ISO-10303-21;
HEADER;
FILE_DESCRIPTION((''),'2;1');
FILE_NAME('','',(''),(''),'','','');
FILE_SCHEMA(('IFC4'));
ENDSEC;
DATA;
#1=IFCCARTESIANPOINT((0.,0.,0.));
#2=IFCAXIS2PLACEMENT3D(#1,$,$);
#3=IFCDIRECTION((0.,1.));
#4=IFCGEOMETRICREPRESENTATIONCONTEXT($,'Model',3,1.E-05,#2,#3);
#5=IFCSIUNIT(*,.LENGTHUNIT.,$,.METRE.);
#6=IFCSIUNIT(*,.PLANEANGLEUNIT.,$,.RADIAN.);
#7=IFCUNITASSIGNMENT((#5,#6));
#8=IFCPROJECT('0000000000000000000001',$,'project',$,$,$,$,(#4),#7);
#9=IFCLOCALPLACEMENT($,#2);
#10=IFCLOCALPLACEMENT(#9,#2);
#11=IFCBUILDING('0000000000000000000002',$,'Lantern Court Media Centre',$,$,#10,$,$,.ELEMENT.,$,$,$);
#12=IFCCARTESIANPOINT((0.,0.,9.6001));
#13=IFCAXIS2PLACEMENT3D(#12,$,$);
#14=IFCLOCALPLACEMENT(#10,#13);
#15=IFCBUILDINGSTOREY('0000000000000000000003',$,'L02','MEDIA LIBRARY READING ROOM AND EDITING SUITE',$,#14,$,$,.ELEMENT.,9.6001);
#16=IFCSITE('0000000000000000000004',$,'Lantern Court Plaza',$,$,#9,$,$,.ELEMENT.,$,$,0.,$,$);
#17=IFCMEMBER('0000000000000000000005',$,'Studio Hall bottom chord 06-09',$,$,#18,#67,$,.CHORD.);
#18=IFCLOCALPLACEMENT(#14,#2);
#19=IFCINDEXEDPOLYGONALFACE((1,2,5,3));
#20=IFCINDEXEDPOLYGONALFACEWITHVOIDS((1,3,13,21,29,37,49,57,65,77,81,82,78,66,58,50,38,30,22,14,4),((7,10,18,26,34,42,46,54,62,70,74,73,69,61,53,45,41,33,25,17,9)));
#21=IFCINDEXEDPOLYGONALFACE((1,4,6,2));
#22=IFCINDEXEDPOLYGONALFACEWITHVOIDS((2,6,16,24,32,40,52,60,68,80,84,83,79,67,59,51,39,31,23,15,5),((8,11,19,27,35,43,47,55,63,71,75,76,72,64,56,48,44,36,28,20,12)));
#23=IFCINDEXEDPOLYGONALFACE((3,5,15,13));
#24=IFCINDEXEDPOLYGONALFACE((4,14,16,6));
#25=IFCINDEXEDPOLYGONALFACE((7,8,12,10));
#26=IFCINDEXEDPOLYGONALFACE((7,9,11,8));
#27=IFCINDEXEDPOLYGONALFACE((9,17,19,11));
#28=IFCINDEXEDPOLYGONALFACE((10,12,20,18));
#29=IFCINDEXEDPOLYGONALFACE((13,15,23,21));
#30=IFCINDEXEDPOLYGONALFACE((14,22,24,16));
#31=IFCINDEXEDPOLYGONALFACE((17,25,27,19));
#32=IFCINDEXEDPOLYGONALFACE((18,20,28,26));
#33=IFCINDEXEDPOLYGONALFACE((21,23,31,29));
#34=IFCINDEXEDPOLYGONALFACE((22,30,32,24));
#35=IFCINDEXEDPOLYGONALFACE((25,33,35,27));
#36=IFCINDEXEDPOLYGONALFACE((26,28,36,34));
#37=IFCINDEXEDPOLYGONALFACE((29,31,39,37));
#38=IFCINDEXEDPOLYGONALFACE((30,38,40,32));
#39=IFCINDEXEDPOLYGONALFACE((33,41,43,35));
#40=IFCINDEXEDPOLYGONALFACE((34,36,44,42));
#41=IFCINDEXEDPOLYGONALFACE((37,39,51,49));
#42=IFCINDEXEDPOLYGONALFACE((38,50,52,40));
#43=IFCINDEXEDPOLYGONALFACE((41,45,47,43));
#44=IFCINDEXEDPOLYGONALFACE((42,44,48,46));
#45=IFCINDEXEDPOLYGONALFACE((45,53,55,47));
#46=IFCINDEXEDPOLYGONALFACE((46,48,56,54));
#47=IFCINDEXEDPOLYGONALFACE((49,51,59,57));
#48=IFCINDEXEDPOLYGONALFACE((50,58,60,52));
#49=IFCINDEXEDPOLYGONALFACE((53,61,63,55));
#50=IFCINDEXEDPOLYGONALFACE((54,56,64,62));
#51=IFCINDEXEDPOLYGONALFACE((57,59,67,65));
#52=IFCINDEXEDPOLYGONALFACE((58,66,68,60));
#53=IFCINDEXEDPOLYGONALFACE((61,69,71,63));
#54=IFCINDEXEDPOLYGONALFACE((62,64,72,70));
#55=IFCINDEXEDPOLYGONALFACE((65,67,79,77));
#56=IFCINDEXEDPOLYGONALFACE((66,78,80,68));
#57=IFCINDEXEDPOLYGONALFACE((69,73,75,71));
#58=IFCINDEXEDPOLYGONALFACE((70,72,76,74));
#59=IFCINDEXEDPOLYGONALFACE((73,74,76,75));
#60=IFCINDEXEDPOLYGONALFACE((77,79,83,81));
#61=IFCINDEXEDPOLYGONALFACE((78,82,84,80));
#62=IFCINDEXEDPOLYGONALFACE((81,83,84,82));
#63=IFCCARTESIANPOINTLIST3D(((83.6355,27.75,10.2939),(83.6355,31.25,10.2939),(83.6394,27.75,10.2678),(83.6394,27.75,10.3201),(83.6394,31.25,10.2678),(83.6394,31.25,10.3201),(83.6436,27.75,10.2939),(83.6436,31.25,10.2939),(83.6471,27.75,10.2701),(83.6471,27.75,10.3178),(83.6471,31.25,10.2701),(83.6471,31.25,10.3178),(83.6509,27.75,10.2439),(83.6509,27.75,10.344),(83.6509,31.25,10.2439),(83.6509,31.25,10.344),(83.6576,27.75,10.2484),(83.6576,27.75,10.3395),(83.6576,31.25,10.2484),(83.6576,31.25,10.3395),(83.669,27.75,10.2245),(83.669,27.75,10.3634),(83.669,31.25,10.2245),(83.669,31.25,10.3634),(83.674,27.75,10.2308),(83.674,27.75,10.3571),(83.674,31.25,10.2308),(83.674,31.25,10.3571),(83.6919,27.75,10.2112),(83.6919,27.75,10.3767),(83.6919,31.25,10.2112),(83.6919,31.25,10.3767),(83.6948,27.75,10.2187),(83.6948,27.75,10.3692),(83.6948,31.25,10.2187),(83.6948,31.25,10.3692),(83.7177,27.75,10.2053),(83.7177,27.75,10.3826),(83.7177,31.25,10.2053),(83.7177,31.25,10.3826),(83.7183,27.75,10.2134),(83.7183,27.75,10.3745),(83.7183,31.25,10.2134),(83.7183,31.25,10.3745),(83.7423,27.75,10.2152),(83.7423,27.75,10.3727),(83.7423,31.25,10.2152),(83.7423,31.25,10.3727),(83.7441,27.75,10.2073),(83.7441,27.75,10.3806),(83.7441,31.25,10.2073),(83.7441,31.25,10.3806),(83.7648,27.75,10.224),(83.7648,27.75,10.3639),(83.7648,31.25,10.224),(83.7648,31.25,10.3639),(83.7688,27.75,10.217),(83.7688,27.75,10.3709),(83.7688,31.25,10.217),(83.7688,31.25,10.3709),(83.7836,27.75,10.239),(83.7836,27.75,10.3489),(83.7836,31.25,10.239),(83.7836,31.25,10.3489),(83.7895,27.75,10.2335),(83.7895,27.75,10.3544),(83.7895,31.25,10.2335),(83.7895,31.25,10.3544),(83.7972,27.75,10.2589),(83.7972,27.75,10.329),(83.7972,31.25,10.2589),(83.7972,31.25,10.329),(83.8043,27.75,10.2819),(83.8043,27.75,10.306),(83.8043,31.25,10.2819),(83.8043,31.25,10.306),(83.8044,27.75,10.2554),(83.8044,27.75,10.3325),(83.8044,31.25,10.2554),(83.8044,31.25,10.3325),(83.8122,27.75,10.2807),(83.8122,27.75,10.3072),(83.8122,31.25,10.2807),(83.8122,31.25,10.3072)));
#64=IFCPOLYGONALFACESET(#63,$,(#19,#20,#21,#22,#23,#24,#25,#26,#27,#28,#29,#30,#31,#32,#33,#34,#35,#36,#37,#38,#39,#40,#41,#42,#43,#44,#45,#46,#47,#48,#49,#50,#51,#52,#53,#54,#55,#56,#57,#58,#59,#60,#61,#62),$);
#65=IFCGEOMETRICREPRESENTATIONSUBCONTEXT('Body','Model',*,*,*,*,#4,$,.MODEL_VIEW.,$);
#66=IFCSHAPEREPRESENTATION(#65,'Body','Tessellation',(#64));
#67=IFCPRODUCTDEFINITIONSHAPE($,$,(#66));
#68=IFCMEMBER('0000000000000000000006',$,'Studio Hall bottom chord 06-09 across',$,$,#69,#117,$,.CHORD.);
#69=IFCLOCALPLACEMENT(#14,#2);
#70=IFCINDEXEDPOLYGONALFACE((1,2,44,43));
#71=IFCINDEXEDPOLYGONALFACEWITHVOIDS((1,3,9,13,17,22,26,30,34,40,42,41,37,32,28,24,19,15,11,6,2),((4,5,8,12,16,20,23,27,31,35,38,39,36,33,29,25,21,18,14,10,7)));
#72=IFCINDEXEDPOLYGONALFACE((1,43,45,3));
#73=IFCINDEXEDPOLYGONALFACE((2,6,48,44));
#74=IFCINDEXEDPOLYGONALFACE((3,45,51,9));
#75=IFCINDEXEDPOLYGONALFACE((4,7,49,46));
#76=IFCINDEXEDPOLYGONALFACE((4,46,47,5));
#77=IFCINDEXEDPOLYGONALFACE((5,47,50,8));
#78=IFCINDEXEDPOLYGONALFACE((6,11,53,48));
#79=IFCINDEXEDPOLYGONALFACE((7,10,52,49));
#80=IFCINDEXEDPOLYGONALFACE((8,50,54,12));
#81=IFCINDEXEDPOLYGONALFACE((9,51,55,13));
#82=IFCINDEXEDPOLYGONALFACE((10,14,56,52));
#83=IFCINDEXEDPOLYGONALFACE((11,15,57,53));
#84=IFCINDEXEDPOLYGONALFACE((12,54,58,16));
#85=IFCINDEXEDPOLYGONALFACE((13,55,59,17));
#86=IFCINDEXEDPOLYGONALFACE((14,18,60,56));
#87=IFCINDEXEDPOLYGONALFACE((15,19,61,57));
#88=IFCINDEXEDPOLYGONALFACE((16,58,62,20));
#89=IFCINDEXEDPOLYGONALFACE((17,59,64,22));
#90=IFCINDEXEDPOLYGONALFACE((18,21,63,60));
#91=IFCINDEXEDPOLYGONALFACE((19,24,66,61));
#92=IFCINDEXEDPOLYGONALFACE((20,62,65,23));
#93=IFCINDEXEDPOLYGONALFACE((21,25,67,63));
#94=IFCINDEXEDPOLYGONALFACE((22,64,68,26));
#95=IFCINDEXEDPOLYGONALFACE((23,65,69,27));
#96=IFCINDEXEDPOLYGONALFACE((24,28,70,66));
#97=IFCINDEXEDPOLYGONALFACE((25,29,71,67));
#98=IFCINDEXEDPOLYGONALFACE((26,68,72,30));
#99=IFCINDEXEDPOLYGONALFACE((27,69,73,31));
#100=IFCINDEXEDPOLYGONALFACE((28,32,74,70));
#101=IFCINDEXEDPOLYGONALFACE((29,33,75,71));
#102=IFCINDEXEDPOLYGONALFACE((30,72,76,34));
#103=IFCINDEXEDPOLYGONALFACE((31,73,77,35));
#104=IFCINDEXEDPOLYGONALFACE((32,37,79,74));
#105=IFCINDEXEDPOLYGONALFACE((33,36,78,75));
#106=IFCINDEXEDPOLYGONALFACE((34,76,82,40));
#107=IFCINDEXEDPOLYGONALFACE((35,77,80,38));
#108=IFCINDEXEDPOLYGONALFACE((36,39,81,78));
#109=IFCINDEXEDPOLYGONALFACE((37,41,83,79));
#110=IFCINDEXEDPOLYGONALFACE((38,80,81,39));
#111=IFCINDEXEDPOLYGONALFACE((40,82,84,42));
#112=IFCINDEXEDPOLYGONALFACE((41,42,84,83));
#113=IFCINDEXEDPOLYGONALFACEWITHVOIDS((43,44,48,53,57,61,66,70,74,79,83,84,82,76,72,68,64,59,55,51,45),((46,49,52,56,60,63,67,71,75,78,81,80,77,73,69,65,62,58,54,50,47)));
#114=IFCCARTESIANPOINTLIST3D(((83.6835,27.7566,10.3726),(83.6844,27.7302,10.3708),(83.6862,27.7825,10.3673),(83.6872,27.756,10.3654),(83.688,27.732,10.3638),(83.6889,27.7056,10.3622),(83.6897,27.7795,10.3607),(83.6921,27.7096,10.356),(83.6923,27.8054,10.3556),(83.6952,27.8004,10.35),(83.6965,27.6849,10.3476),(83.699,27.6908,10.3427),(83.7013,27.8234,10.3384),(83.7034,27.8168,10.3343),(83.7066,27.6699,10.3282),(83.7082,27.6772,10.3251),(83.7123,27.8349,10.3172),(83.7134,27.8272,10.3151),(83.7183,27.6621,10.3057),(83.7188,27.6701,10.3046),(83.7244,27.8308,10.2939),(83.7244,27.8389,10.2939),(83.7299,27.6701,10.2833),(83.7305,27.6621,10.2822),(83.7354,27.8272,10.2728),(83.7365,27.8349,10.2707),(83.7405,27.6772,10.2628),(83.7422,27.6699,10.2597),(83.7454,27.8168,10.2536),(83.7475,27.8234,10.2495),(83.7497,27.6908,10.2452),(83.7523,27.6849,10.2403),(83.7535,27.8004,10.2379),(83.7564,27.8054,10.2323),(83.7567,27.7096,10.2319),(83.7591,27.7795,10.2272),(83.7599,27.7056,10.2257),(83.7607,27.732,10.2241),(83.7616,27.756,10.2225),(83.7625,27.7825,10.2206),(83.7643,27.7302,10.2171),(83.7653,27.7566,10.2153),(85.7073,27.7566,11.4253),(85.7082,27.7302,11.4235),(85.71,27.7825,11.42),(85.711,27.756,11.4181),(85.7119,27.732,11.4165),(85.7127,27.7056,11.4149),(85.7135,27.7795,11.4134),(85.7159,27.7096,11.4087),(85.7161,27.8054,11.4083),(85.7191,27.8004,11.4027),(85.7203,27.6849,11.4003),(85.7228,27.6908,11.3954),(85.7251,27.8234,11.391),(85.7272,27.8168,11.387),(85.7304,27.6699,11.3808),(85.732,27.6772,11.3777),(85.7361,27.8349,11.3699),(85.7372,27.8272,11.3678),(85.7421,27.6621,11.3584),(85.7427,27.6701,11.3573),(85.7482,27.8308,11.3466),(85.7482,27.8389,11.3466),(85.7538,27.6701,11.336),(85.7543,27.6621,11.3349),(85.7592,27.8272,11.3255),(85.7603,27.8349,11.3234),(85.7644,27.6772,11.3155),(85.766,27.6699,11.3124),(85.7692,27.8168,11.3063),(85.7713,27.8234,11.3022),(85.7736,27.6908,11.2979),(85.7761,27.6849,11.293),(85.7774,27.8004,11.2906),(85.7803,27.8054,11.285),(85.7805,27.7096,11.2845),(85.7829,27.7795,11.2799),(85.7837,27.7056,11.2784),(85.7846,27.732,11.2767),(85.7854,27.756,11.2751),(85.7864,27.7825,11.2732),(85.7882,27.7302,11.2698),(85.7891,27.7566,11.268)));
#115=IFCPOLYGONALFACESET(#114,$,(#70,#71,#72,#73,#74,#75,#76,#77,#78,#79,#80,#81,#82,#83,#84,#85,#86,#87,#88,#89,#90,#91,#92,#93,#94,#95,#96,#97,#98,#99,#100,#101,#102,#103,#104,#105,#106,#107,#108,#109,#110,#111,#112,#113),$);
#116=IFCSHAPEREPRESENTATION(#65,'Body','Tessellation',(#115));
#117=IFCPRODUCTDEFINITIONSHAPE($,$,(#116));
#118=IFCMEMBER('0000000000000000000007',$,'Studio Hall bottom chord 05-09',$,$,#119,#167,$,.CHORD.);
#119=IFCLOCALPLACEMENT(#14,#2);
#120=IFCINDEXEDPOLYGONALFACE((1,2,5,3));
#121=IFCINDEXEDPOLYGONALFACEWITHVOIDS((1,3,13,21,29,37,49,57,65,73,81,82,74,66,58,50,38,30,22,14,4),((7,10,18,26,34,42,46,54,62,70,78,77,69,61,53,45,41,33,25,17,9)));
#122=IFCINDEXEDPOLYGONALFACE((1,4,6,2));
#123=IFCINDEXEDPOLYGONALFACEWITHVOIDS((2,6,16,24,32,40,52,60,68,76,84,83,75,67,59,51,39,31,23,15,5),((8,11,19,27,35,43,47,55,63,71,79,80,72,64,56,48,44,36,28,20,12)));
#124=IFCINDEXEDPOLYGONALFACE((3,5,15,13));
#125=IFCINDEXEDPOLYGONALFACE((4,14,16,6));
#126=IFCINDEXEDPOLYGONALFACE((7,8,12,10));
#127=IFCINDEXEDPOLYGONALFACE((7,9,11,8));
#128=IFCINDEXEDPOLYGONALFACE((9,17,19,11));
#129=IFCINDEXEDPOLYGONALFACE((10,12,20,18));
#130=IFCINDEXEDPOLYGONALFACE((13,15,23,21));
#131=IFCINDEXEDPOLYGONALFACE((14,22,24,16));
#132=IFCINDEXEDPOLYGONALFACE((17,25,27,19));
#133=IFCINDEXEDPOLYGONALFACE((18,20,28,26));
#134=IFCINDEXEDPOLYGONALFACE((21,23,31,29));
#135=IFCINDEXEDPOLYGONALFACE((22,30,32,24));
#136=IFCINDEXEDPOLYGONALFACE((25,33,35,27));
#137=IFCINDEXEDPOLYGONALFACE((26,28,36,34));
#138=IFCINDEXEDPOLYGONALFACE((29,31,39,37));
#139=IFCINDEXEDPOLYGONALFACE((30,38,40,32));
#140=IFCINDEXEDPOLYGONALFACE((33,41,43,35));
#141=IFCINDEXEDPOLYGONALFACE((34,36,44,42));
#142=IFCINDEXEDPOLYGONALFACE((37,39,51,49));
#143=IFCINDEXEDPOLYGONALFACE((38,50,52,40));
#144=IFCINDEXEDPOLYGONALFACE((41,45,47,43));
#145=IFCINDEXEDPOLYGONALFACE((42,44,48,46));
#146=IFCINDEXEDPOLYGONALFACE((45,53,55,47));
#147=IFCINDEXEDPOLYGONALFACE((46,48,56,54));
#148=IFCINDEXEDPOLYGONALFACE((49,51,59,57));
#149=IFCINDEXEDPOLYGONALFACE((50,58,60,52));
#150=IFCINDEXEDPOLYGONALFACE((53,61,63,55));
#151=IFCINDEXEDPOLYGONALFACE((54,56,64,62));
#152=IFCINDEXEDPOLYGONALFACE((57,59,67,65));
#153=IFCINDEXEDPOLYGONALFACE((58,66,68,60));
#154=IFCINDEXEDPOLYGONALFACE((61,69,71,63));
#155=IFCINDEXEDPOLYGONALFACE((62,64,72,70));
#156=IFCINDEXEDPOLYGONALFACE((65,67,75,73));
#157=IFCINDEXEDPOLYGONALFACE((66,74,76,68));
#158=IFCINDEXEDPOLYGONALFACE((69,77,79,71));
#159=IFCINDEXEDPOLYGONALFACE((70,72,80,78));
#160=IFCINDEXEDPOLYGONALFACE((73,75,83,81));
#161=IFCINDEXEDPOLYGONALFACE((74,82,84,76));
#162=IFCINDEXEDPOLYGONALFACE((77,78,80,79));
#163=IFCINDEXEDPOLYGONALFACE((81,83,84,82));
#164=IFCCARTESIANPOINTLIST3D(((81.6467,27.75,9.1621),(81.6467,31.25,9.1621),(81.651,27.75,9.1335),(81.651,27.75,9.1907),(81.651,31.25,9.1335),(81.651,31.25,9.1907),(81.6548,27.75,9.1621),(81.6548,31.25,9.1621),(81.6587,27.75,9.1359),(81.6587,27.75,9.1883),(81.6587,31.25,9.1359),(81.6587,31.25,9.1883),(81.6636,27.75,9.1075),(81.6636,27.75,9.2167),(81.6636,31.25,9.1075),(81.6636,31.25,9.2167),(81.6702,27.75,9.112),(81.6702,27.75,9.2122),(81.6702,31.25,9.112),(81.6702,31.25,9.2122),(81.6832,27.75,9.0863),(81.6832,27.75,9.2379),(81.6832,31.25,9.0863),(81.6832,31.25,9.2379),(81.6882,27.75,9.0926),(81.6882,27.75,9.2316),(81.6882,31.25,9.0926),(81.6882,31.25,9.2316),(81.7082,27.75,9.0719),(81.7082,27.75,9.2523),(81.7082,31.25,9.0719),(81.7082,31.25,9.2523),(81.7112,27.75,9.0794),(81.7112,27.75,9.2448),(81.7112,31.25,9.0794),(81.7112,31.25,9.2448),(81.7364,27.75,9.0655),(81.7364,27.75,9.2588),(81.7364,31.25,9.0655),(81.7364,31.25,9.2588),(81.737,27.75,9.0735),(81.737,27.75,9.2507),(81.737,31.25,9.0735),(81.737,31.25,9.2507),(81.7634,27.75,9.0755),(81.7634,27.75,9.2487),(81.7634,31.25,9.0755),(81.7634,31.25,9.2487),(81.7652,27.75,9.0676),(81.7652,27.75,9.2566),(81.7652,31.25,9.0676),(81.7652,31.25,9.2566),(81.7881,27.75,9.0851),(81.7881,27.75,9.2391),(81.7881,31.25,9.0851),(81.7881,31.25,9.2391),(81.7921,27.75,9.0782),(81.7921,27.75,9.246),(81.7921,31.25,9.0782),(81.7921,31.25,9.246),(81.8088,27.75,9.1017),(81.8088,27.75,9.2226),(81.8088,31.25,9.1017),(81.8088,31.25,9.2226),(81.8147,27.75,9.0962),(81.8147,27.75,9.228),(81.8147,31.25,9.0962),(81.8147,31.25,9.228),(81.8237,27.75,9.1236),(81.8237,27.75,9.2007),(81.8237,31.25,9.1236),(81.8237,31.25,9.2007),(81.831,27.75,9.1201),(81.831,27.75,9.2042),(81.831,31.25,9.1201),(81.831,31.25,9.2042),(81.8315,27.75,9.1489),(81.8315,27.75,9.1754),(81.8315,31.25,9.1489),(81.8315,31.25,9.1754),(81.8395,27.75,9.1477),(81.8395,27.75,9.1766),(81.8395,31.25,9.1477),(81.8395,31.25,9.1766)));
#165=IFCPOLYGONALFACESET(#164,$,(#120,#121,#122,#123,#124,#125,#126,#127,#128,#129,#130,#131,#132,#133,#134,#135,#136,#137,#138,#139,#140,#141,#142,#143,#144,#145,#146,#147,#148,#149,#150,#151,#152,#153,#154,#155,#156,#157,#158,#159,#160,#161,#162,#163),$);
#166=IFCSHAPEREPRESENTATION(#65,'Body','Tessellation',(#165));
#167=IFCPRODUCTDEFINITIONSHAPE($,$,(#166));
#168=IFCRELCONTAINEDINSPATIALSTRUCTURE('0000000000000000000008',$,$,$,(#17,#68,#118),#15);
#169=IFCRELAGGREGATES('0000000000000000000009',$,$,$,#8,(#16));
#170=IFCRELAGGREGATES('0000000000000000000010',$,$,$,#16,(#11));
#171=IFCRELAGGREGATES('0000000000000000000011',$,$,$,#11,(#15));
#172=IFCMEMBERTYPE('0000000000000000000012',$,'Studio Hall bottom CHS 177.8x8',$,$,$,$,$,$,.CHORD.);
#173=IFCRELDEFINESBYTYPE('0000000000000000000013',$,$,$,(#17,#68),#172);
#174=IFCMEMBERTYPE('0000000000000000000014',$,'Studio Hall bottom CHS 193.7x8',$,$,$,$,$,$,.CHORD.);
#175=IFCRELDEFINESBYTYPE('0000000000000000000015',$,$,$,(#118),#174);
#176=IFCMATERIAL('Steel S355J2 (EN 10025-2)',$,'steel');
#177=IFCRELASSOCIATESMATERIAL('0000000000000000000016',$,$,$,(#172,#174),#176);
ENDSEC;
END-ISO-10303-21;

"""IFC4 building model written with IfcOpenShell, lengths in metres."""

from ifc_helpers import new_model, si_unit, direction, frame, origin, origin_2d, place, context, subcontext, project, spatial, hollow_circle, extrude, material, material_profile, profile_set, type_object, element, save


model = new_model("IFC4")

# Units and contexts
model_context = context("Model", 3, precision=1e-05, world=origin(), true_north=direction((0.0, 1.0)))
body_context = subcontext(model_context, "Body", "Model", "MODEL_VIEW")
ifc_project = project(units=[si_unit("LENGTHUNIT", "METRE"), si_unit("PLANEANGLEUNIT", "RADIAN")], contexts=[model_context])

# Site, building, storey
site_placement = place(None, origin())
site = spatial("IfcSite", under=ifc_project, at=site_placement, Name="Lantern Court Plaza", CompositionType="ELEMENT", RefElevation=0.0)
building_placement = place(site_placement, origin())
building = spatial("IfcBuilding", under=site, at=building_placement, Name="Lantern Court Media Centre", CompositionType="ELEMENT")
storey_placement = place(building_placement, frame((0.0, 0.0, 9.6001)))
storey = spatial("IfcBuildingStorey", under=building, at=storey_placement, Name="L02", Description="MEDIA LIBRARY READING ROOM AND EDITING SUITE", CompositionType="ELEMENT", Elevation=9.6001)

# Members
ifc_material = material(Name="Steel S355J2 (EN 10025-2)", Category="steel")
ifc_material_profile_1 = material_profile(ifc_material, hollow_circle(Radius=0.0889, WallThickness=0.0081, at=origin_2d()), Name="Studio Hall bottom CHS 177.8x8")
ifc_profile_set_1 = profile_set([ifc_material_profile_1], Name="Steel S355J2 (EN 10025-2)")
member_type_1 = type_object("IfcMemberType", Name="Studio Hall bottom CHS 177.8x8", PredefinedType="CHORD", material=ifc_profile_set_1)
member_1_placement = place(storey_placement, frame((83.7244, 27.75, 10.2939), z_axis=(0.0, 1.0, 0.0), x_axis=(-1.0, 0.0, 0.0)))
element("IfcMember", 1, at=member_1_placement, inside=storey, type_object=member_type_1, Name="Studio Hall bottom chord 06-09", PredefinedType="CHORD", context=body_context, shape_type="SweptSolid", body=[
    extrude(hollow_circle(Radius=0.0889, WallThickness=0.0081, at=origin_2d()), origin(), (0.0, 0.0, 1.0), 3.5),
])
member_2_placement = place(storey_placement, frame((83.7244, 27.75, 10.2939), z_axis=(0.887164, 0.0, 0.461454), x_axis=(0.0, 1.0, 0.0)))
element("IfcMember", 2, at=member_2_placement, inside=storey, type_object=member_type_1, Name="Studio Hall bottom chord 06-09 across", PredefinedType="CHORD", context=body_context, shape_type="SweptSolid", body=[
    extrude(hollow_circle(Radius=0.0889, WallThickness=0.0081, at=origin_2d()), origin(), (0.0, 0.0, 1.0), 2.2812),
])
ifc_material_profile_2 = material_profile(ifc_material, hollow_circle(Radius=0.0969, WallThickness=0.0081, at=origin_2d()), Name="Studio Hall bottom CHS 193.7x8")
ifc_profile_set_2 = profile_set([ifc_material_profile_2], Name="Steel S355J2 (EN 10025-2)")
member_type_2 = type_object("IfcMemberType", Name="Studio Hall bottom CHS 193.7x8", PredefinedType="CHORD", material=ifc_profile_set_2)
member_3_placement = place(storey_placement, frame((81.7437, 27.75, 9.1621), z_axis=(0.0, 1.0, 0.0), x_axis=(-1.0, 0.0, 0.0)))
element("IfcMember", 3, at=member_3_placement, inside=storey, type_object=member_type_2, Name="Studio Hall bottom chord 05-09", PredefinedType="CHORD", context=body_context, shape_type="SweptSolid", body=[
    extrude(hollow_circle(Radius=0.0969, WallThickness=0.0081, at=origin_2d()), origin(), (0.0, 0.0, 1.0), 3.5),
])

save(model, "model.ifc")
